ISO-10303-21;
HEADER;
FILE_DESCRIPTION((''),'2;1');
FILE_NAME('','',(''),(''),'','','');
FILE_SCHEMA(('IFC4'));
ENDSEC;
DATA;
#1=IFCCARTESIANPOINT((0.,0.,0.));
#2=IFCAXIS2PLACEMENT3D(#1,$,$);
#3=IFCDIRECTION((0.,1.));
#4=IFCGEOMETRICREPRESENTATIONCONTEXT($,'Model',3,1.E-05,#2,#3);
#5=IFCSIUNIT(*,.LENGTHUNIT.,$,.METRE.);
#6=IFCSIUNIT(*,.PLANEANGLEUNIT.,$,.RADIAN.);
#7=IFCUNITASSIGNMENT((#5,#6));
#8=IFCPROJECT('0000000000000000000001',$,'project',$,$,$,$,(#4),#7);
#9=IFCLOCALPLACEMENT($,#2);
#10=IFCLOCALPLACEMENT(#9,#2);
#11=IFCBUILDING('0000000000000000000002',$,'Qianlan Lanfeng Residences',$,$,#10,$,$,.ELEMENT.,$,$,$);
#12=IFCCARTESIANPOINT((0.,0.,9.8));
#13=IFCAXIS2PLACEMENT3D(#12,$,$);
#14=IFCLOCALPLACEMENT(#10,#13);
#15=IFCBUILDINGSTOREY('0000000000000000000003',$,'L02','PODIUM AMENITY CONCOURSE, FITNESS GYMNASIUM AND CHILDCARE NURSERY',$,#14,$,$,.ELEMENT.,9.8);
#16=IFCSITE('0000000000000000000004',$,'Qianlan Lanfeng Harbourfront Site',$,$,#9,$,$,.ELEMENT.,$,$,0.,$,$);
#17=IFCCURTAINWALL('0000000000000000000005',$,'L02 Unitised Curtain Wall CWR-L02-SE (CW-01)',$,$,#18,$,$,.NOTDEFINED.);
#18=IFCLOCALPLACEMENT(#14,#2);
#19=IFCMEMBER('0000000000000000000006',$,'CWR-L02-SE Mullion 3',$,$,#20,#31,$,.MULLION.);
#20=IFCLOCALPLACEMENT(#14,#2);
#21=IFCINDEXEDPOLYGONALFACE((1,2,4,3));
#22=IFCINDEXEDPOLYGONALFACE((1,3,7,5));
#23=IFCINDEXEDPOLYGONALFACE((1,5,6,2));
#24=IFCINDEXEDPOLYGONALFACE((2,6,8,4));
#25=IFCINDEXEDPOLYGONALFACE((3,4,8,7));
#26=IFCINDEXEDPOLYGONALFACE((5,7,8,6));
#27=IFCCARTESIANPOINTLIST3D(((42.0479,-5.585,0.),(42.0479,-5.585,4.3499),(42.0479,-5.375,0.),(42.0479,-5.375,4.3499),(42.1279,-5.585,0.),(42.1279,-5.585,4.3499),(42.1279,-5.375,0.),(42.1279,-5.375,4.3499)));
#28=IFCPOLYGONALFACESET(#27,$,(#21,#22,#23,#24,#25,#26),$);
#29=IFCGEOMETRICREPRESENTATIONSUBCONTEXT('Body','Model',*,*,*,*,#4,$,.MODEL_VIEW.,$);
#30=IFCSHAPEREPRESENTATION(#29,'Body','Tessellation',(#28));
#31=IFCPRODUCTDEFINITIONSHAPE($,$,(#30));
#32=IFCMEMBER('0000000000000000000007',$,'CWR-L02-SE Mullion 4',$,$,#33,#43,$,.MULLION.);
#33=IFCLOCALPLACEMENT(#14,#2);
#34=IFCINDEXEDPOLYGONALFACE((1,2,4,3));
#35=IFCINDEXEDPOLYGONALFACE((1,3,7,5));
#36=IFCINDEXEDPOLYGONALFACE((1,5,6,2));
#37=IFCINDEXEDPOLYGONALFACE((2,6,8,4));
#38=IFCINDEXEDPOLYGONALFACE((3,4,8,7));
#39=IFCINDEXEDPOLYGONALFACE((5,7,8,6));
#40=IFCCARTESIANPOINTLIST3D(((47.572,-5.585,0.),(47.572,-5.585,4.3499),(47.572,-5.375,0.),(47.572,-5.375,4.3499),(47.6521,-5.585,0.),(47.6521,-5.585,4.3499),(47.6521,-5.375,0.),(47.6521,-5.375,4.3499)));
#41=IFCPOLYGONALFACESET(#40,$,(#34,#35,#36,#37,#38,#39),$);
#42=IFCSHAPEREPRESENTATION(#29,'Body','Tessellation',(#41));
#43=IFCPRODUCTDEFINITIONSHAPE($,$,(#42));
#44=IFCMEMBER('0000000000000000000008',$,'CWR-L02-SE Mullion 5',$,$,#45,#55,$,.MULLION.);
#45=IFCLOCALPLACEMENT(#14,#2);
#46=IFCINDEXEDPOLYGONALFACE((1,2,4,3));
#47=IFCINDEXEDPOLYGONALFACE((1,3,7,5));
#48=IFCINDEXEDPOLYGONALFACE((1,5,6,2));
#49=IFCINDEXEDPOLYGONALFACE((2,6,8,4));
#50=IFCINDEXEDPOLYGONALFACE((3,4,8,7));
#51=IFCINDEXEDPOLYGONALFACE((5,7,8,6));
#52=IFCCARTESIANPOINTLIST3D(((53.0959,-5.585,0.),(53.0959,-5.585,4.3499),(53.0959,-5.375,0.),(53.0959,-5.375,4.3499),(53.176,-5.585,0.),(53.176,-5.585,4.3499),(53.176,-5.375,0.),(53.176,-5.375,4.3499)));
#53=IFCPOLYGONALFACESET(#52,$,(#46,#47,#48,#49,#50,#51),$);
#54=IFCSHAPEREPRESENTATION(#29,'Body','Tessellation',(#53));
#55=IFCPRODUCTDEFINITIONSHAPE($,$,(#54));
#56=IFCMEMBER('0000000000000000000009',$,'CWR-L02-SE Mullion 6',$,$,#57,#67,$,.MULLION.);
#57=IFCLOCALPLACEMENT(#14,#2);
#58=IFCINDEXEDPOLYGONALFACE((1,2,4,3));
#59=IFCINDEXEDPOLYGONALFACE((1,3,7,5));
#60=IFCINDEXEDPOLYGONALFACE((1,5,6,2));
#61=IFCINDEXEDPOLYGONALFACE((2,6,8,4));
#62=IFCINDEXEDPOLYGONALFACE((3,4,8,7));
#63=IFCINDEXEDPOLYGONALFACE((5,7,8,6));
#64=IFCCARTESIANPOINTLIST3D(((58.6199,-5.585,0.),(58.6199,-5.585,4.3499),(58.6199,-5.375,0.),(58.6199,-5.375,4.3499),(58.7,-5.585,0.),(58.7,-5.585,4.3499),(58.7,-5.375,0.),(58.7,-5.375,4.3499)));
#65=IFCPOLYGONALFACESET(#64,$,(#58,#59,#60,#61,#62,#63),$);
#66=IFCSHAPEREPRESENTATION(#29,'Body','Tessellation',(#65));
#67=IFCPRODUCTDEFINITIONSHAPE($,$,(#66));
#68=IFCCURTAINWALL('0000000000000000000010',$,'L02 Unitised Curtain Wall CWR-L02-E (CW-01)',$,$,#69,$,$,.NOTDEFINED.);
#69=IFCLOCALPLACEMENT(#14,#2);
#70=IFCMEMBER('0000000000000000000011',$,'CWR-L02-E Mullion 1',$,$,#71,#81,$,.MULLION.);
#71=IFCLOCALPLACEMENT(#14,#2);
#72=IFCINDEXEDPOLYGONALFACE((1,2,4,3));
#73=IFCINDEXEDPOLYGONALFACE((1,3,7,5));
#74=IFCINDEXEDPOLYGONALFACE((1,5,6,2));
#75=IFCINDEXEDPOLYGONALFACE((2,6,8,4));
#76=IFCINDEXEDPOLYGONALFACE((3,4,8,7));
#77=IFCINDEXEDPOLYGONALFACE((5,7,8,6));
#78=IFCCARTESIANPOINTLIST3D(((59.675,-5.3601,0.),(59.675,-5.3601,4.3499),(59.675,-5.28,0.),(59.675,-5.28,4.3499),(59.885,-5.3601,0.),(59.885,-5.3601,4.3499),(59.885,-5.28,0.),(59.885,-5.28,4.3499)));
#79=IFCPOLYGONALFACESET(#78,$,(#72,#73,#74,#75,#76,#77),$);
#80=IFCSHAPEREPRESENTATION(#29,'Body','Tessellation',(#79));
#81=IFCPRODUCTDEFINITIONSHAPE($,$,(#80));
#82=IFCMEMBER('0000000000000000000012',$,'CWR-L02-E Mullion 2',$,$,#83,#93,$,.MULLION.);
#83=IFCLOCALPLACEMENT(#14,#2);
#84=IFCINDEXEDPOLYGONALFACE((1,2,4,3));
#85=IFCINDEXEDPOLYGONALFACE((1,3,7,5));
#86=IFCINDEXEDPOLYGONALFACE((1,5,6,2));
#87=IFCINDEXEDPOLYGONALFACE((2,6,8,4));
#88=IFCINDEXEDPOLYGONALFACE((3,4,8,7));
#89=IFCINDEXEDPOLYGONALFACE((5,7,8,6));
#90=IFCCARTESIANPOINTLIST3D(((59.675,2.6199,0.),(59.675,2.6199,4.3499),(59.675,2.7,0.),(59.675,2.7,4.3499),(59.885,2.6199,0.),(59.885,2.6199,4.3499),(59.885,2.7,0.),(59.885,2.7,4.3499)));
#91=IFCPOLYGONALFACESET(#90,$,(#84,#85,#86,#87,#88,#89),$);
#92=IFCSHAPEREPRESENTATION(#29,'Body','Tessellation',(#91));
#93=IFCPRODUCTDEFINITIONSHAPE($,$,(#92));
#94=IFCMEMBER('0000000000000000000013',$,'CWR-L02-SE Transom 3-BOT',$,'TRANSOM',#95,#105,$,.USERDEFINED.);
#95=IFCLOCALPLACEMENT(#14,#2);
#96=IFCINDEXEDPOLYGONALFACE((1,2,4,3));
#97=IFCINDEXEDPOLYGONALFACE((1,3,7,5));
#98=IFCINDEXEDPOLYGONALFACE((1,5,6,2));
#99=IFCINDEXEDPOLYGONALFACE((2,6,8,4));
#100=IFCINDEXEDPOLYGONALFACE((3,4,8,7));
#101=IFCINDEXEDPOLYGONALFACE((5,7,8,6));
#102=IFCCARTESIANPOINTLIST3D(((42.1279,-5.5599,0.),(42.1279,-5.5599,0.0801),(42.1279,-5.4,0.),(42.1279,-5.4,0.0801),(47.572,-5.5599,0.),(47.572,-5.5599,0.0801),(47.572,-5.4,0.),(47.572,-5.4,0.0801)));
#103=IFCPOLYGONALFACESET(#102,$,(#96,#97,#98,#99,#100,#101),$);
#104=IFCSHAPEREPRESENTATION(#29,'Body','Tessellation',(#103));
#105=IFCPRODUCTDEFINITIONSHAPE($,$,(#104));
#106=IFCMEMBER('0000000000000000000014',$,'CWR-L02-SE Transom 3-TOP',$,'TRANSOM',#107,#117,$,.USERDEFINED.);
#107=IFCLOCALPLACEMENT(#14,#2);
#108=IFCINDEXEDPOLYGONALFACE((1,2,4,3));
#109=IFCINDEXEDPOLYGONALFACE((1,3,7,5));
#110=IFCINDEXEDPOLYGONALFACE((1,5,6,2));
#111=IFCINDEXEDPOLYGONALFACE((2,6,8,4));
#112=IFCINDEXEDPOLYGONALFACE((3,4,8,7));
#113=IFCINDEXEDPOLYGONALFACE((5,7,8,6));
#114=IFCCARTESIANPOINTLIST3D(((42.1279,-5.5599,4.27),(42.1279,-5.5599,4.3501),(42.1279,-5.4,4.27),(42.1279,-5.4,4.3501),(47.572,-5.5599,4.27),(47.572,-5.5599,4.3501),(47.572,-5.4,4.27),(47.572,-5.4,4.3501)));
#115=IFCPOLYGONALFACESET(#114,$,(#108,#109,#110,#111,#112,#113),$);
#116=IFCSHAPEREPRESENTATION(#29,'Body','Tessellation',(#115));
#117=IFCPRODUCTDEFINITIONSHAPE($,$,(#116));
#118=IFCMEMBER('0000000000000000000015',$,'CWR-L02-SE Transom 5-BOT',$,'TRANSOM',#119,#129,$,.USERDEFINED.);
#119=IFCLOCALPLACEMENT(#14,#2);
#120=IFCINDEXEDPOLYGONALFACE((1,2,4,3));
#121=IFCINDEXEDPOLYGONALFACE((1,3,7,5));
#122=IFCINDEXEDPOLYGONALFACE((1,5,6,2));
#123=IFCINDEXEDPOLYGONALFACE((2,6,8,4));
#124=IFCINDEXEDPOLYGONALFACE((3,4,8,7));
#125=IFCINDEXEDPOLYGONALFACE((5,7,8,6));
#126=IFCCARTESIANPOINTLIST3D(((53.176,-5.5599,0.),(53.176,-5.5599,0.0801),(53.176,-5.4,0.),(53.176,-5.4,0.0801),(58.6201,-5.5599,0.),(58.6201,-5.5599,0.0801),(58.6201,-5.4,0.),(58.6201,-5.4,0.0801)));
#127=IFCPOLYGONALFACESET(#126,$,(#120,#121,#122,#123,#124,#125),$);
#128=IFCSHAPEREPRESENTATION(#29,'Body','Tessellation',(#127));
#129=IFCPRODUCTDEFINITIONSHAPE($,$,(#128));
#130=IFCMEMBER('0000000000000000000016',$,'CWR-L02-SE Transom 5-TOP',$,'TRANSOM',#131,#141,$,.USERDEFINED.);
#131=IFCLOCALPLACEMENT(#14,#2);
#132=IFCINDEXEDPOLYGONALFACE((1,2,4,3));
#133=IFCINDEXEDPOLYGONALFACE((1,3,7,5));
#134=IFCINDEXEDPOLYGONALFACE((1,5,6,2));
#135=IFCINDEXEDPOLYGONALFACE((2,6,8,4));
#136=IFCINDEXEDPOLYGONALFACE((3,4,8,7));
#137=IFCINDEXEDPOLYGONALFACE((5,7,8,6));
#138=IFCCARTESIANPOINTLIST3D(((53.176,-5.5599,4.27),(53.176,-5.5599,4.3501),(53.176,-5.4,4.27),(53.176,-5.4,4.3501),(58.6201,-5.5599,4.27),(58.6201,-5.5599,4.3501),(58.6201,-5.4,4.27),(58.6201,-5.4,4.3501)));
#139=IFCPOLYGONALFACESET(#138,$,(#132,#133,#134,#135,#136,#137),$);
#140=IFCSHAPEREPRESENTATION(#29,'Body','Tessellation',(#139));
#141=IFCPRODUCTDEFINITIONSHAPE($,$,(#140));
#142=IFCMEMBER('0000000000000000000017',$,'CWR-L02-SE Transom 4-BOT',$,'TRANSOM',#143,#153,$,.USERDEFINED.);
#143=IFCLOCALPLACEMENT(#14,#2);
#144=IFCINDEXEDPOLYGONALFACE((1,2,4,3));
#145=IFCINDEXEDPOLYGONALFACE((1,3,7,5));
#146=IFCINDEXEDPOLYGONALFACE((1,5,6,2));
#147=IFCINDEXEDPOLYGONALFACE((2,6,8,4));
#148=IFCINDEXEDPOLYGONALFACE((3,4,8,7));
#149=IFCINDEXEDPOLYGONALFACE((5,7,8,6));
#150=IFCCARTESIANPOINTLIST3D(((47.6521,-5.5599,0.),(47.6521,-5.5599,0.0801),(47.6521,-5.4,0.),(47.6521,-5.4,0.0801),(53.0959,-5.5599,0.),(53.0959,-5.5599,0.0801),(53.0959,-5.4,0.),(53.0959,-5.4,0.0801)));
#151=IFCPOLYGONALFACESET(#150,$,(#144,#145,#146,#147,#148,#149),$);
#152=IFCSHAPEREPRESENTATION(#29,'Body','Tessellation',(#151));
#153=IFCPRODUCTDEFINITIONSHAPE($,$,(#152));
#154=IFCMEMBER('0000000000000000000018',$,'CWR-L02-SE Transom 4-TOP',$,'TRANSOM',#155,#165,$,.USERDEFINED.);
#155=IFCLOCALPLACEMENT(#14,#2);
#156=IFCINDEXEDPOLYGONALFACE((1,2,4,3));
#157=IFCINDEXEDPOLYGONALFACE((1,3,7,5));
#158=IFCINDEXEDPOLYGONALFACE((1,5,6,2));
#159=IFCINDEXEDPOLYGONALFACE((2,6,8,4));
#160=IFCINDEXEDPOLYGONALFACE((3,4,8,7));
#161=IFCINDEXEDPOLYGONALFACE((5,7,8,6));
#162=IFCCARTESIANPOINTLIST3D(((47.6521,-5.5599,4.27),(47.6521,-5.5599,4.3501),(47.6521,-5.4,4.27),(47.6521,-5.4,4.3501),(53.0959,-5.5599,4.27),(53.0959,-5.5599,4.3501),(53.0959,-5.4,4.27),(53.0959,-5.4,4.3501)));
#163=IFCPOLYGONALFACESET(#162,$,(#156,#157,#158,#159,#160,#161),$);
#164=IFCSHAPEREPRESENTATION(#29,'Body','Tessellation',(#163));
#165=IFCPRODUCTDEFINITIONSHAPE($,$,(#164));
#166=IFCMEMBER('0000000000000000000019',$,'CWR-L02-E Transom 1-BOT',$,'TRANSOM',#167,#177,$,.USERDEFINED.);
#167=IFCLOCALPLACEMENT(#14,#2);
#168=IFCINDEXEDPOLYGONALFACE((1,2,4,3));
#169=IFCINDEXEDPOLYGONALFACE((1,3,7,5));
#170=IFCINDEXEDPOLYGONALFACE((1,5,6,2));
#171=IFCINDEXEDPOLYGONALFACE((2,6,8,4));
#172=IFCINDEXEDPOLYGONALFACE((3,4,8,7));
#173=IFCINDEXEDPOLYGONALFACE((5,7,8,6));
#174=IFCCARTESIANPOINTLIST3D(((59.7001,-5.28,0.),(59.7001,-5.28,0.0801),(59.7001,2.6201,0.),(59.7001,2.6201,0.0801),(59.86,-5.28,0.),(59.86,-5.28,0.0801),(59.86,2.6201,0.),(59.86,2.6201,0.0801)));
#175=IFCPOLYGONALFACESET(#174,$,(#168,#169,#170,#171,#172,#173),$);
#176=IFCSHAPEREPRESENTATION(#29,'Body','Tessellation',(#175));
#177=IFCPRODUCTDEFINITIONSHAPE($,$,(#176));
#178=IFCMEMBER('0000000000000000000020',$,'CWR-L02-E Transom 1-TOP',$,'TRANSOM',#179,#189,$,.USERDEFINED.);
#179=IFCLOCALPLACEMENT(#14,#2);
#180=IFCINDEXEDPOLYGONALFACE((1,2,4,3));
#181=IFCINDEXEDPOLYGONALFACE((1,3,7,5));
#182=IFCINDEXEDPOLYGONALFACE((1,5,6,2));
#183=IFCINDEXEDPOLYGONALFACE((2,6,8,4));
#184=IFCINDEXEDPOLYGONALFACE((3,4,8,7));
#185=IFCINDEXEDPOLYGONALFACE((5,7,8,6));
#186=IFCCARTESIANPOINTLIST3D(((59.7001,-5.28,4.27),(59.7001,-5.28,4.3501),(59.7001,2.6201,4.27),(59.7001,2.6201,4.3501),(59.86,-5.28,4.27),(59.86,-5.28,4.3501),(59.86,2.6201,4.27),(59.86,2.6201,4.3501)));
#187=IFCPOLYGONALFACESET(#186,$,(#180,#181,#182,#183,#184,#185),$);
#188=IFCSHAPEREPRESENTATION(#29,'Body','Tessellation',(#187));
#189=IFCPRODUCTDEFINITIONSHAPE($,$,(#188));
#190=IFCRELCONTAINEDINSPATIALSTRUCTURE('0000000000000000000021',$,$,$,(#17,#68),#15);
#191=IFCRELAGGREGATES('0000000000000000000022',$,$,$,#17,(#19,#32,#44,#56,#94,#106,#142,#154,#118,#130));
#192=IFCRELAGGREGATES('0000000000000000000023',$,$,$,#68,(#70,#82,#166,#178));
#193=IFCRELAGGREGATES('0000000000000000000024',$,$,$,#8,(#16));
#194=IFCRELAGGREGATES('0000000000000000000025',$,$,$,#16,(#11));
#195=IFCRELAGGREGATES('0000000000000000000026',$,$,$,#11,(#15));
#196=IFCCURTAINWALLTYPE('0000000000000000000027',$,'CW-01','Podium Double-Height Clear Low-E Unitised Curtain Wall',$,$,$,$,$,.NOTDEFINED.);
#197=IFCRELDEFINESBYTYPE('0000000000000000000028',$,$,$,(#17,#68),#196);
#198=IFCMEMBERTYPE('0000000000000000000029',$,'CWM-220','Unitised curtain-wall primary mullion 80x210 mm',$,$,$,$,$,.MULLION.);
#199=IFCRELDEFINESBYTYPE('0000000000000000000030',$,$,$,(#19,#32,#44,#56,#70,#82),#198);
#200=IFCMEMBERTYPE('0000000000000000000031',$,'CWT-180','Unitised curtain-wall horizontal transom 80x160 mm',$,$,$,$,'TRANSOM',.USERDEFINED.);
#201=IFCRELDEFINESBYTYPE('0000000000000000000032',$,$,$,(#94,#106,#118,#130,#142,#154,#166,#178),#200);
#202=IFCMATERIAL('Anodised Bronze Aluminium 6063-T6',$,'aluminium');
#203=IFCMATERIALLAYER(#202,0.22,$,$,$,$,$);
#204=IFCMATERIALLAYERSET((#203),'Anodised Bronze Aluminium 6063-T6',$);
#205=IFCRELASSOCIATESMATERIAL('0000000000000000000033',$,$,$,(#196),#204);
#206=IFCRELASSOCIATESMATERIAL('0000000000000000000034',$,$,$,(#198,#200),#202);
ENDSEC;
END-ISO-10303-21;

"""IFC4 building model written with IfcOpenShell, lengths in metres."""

from ifc_helpers import new_model, si_unit, direction, frame, origin, origin_2d, place, context, subcontext, project, spatial, rectangle, extrude, source, transform, mapped, material, layer, layer_set, material_profile, profile_set, type_object, element, aggregate, save


model = new_model("IFC4")

# Units and contexts
model_context = context("Model", 3, precision=1e-05, world=origin(), true_north=direction((0.0, 1.0)))
body_context = subcontext(model_context, "Body", "Model", "MODEL_VIEW")
ifc_project = project(units=[si_unit("LENGTHUNIT", "METRE"), si_unit("PLANEANGLEUNIT", "RADIAN")], contexts=[model_context])

# Site, building, storey
site_placement = place(None, origin())
site = spatial("IfcSite", under=ifc_project, at=site_placement, Name="Qianlan Lanfeng Harbourfront Site", CompositionType="ELEMENT", RefElevation=0.0)
building_placement = place(site_placement, origin())
building = spatial("IfcBuilding", under=site, at=building_placement, Name="Qianlan Lanfeng Residences", CompositionType="ELEMENT")
storey_placement = place(building_placement, frame((0.0, 0.0, 9.8)))
storey = spatial("IfcBuildingStorey", under=building, at=storey_placement, Name="L02", Description="PODIUM AMENITY CONCOURSE, FITNESS GYMNASIUM AND CHILDCARE NURSERY", CompositionType="ELEMENT", Elevation=9.8)

# Curtain walls, members
ifc_material_1 = material(Name="Anodised Bronze Aluminium 6063-T6", Category="aluminium")
ifc_layer_1 = layer(ifc_material_1, 0.22)
ifc_layer_set_1 = layer_set([ifc_layer_1], Name="Anodised Bronze Aluminium 6063-T6")
curtain_wall_type = type_object("IfcCurtainWallType", Name="CW-01", Description="Podium Double-Height Clear Low-E Unitised Curtain Wall", PredefinedType="NOTDEFINED", material=ifc_layer_set_1)
curtain_wall_1_placement = place(storey_placement, origin())
curtain_wall_1 = element("IfcCurtainWall", 1, at=curtain_wall_1_placement, inside=storey, type_object=curtain_wall_type, Name="L02 Unitised Curtain Wall CWR-L02-SE (CW-01)", PredefinedType="NOTDEFINED")
ifc_material_profile_1 = material_profile(ifc_material_1, rectangle(XDim=0.0801, YDim=0.21, at=origin_2d()), Name="ALU MULLION 80x210")
ifc_profile_set_1 = profile_set([ifc_material_profile_1], Name="Anodised Bronze Aluminium 6063-T6")
member_type_1 = type_object("IfcMemberType", Name="CWM-220", Description="Unitised curtain-wall primary mullion 80x210 mm", PredefinedType="MULLION", material=ifc_profile_set_1)
shared_shape_1 = source(origin(), body_context, "Body", "SweptSolid", [
    extrude(rectangle(XDim=0.0801, YDim=0.21, at=origin_2d()), origin(), (0.0, 0.0, 1.0), 4.3499),
])
member_1_placement = place(storey_placement, frame((42.0879, -5.48, 0.0), z_axis=(0.0, 0.0, 1.0), x_axis=(1.0, 0.0, 0.0)))
member_1 = element("IfcMember", 2, at=member_1_placement, type_object=member_type_1, Name="CWR-L02-SE Mullion 3", PredefinedType="MULLION", context=body_context, shape_type="MappedRepresentation", body=[
    mapped(shared_shape_1, transform((0.0, 0.0, 0.0), scale=1.0)),
])
member_2_placement = place(storey_placement, frame((47.6121, -5.48, 0.0), z_axis=(0.0, 0.0, 1.0), x_axis=(1.0, 0.0, 0.0)))
member_2 = element("IfcMember", 3, at=member_2_placement, type_object=member_type_1, Name="CWR-L02-SE Mullion 4", PredefinedType="MULLION", context=body_context, shape_type="MappedRepresentation", body=[
    mapped(shared_shape_1, transform((0.0, 0.0, 0.0), scale=1.0)),
])
member_3_placement = place(storey_placement, frame((53.136, -5.48, 0.0), z_axis=(0.0, 0.0, 1.0), x_axis=(1.0, 0.0, 0.0)))
member_3 = element("IfcMember", 4, at=member_3_placement, type_object=member_type_1, Name="CWR-L02-SE Mullion 5", PredefinedType="MULLION", context=body_context, shape_type="MappedRepresentation", body=[
    mapped(shared_shape_1, transform((0.0, 0.0, 0.0), scale=1.0)),
])
member_4_placement = place(storey_placement, frame((58.6599, -5.48, 0.0), z_axis=(0.0, 0.0, 1.0), x_axis=(1.0, 0.0, 0.0)))
member_4 = element("IfcMember", 5, at=member_4_placement, type_object=member_type_1, Name="CWR-L02-SE Mullion 6", PredefinedType="MULLION", context=body_context, shape_type="MappedRepresentation", body=[
    mapped(shared_shape_1, transform((0.0, 0.0, 0.0), scale=1.0)),
])
curtain_wall_2_placement = place(storey_placement, origin())
curtain_wall_2 = element("IfcCurtainWall", 6, at=curtain_wall_2_placement, inside=storey, type_object=curtain_wall_type, Name="L02 Unitised Curtain Wall CWR-L02-E (CW-01)", PredefinedType="NOTDEFINED")
member_5_placement = place(storey_placement, frame((59.78, -5.3201, 0.0), z_axis=(0.0, 0.0, 1.0), x_axis=(0.0, 1.0, 0.0)))
member_5 = element("IfcMember", 7, at=member_5_placement, type_object=member_type_1, Name="CWR-L02-E Mullion 1", PredefinedType="MULLION", context=body_context, shape_type="MappedRepresentation", body=[
    mapped(shared_shape_1, transform((0.0, 0.0, 0.0), scale=1.0)),
])
member_6_placement = place(storey_placement, frame((59.78, 2.6599, 0.0), z_axis=(0.0, 0.0, 1.0), x_axis=(0.0, 1.0, 0.0)))
member_6 = element("IfcMember", 8, at=member_6_placement, type_object=member_type_1, Name="CWR-L02-E Mullion 2", PredefinedType="MULLION", context=body_context, shape_type="MappedRepresentation", body=[
    mapped(shared_shape_1, transform((0.0, 0.0, 0.0), scale=1.0)),
])

# Members
ifc_material_profile_2 = material_profile(ifc_material_1, rectangle(XDim=0.0801, YDim=0.1599, at=origin_2d()), Name="ALU TRANSOM 80x160")
ifc_profile_set_2 = profile_set([ifc_material_profile_2], Name="Anodised Bronze Aluminium 6063-T6")
member_type_2 = type_object("IfcMemberType", Name="CWT-180", Description="Unitised curtain-wall horizontal transom 80x160 mm", ElementType="TRANSOM", PredefinedType="USERDEFINED", material=ifc_profile_set_2)
shared_shape_2 = source(origin(), body_context, "Body", "SweptSolid", [
    extrude(rectangle(XDim=0.0801, YDim=0.1599, at=origin_2d()), origin(), (0.0, 0.0, 1.0), 5.4441),
])
member_7_placement = place(storey_placement, frame((42.1279, -5.48, 0.04), z_axis=(1.0, 0.0, 0.0), x_axis=(0.0, 0.0, 1.0)))
member_7 = element("IfcMember", 9, at=member_7_placement, type_object=member_type_2, Name="CWR-L02-SE Transom 3-BOT", ObjectType="TRANSOM", PredefinedType="USERDEFINED", context=body_context, shape_type="MappedRepresentation", body=[
    mapped(shared_shape_2, transform((0.0, 0.0, 0.0), scale=1.0)),
])
member_8_placement = place(storey_placement, frame((42.1279, -5.48, 4.3101), z_axis=(1.0, 0.0, 0.0), x_axis=(0.0, 0.0, 1.0)))
member_8 = element("IfcMember", 10, at=member_8_placement, type_object=member_type_2, Name="CWR-L02-SE Transom 3-TOP", ObjectType="TRANSOM", PredefinedType="USERDEFINED", context=body_context, shape_type="MappedRepresentation", body=[
    mapped(shared_shape_2, transform((0.0, 0.0, 0.0), scale=1.0)),
])
member_9_placement = place(storey_placement, frame((53.176, -5.48, 0.04), z_axis=(1.0, 0.0, 0.0), x_axis=(0.0, 0.0, 1.0)))
member_9 = element("IfcMember", 11, at=member_9_placement, type_object=member_type_2, Name="CWR-L02-SE Transom 5-BOT", ObjectType="TRANSOM", PredefinedType="USERDEFINED", context=body_context, shape_type="MappedRepresentation", body=[
    mapped(shared_shape_2, transform((0.0, 0.0, 0.0), scale=1.0)),
])
member_10_placement = place(storey_placement, frame((53.176, -5.48, 4.3101), z_axis=(1.0, 0.0, 0.0), x_axis=(0.0, 0.0, 1.0)))
member_10 = element("IfcMember", 12, at=member_10_placement, type_object=member_type_2, Name="CWR-L02-SE Transom 5-TOP", ObjectType="TRANSOM", PredefinedType="USERDEFINED", context=body_context, shape_type="MappedRepresentation", body=[
    mapped(shared_shape_2, transform((0.0, 0.0, 0.0), scale=1.0)),
])
shared_shape_3 = source(origin(), body_context, "Body", "SweptSolid", [
    extrude(rectangle(XDim=0.0801, YDim=0.1599, at=origin_2d()), origin(), (0.0, 0.0, 1.0), 5.4438),
])
member_11_placement = place(storey_placement, frame((47.6521, -5.48, 0.04), z_axis=(1.0, 0.0, 0.0), x_axis=(0.0, 0.0, 1.0)))
member_11 = element("IfcMember", 13, at=member_11_placement, type_object=member_type_2, Name="CWR-L02-SE Transom 4-BOT", ObjectType="TRANSOM", PredefinedType="USERDEFINED", context=body_context, shape_type="MappedRepresentation", body=[
    mapped(shared_shape_3, transform((0.0, 0.0, 0.0), scale=1.0)),
])
member_12_placement = place(storey_placement, frame((47.6521, -5.48, 4.3101), z_axis=(1.0, 0.0, 0.0), x_axis=(0.0, 0.0, 1.0)))
member_12 = element("IfcMember", 14, at=member_12_placement, type_object=member_type_2, Name="CWR-L02-SE Transom 4-TOP", ObjectType="TRANSOM", PredefinedType="USERDEFINED", context=body_context, shape_type="MappedRepresentation", body=[
    mapped(shared_shape_3, transform((0.0, 0.0, 0.0), scale=1.0)),
])
shared_shape_4 = source(origin(), body_context, "Body", "SweptSolid", [
    extrude(rectangle(XDim=0.0801, YDim=0.1599, at=origin_2d()), origin(), (0.0, 0.0, 1.0), 7.9001),
])
member_13_placement = place(storey_placement, frame((59.78, -5.28, 0.04), z_axis=(0.0, 1.0, 0.0), x_axis=(0.0, 0.0, 1.0)))
member_13 = element("IfcMember", 15, at=member_13_placement, type_object=member_type_2, Name="CWR-L02-E Transom 1-BOT", ObjectType="TRANSOM", PredefinedType="USERDEFINED", context=body_context, shape_type="MappedRepresentation", body=[
    mapped(shared_shape_4, transform((0.0, 0.0, 0.0), scale=1.0)),
])
member_14_placement = place(storey_placement, frame((59.78, -5.28, 4.3101), z_axis=(0.0, 1.0, 0.0), x_axis=(0.0, 0.0, 1.0)))
member_14 = element("IfcMember", 16, at=member_14_placement, type_object=member_type_2, Name="CWR-L02-E Transom 1-TOP", ObjectType="TRANSOM", PredefinedType="USERDEFINED", context=body_context, shape_type="MappedRepresentation", body=[
    mapped(shared_shape_4, transform((0.0, 0.0, 0.0), scale=1.0)),
])

aggregate(curtain_wall_1, [member_1, member_2, member_3, member_4, member_7, member_8, member_11, member_12, member_9, member_10])
aggregate(curtain_wall_2, [member_5, member_6, member_13, member_14])

save(model, "model.ifc")
